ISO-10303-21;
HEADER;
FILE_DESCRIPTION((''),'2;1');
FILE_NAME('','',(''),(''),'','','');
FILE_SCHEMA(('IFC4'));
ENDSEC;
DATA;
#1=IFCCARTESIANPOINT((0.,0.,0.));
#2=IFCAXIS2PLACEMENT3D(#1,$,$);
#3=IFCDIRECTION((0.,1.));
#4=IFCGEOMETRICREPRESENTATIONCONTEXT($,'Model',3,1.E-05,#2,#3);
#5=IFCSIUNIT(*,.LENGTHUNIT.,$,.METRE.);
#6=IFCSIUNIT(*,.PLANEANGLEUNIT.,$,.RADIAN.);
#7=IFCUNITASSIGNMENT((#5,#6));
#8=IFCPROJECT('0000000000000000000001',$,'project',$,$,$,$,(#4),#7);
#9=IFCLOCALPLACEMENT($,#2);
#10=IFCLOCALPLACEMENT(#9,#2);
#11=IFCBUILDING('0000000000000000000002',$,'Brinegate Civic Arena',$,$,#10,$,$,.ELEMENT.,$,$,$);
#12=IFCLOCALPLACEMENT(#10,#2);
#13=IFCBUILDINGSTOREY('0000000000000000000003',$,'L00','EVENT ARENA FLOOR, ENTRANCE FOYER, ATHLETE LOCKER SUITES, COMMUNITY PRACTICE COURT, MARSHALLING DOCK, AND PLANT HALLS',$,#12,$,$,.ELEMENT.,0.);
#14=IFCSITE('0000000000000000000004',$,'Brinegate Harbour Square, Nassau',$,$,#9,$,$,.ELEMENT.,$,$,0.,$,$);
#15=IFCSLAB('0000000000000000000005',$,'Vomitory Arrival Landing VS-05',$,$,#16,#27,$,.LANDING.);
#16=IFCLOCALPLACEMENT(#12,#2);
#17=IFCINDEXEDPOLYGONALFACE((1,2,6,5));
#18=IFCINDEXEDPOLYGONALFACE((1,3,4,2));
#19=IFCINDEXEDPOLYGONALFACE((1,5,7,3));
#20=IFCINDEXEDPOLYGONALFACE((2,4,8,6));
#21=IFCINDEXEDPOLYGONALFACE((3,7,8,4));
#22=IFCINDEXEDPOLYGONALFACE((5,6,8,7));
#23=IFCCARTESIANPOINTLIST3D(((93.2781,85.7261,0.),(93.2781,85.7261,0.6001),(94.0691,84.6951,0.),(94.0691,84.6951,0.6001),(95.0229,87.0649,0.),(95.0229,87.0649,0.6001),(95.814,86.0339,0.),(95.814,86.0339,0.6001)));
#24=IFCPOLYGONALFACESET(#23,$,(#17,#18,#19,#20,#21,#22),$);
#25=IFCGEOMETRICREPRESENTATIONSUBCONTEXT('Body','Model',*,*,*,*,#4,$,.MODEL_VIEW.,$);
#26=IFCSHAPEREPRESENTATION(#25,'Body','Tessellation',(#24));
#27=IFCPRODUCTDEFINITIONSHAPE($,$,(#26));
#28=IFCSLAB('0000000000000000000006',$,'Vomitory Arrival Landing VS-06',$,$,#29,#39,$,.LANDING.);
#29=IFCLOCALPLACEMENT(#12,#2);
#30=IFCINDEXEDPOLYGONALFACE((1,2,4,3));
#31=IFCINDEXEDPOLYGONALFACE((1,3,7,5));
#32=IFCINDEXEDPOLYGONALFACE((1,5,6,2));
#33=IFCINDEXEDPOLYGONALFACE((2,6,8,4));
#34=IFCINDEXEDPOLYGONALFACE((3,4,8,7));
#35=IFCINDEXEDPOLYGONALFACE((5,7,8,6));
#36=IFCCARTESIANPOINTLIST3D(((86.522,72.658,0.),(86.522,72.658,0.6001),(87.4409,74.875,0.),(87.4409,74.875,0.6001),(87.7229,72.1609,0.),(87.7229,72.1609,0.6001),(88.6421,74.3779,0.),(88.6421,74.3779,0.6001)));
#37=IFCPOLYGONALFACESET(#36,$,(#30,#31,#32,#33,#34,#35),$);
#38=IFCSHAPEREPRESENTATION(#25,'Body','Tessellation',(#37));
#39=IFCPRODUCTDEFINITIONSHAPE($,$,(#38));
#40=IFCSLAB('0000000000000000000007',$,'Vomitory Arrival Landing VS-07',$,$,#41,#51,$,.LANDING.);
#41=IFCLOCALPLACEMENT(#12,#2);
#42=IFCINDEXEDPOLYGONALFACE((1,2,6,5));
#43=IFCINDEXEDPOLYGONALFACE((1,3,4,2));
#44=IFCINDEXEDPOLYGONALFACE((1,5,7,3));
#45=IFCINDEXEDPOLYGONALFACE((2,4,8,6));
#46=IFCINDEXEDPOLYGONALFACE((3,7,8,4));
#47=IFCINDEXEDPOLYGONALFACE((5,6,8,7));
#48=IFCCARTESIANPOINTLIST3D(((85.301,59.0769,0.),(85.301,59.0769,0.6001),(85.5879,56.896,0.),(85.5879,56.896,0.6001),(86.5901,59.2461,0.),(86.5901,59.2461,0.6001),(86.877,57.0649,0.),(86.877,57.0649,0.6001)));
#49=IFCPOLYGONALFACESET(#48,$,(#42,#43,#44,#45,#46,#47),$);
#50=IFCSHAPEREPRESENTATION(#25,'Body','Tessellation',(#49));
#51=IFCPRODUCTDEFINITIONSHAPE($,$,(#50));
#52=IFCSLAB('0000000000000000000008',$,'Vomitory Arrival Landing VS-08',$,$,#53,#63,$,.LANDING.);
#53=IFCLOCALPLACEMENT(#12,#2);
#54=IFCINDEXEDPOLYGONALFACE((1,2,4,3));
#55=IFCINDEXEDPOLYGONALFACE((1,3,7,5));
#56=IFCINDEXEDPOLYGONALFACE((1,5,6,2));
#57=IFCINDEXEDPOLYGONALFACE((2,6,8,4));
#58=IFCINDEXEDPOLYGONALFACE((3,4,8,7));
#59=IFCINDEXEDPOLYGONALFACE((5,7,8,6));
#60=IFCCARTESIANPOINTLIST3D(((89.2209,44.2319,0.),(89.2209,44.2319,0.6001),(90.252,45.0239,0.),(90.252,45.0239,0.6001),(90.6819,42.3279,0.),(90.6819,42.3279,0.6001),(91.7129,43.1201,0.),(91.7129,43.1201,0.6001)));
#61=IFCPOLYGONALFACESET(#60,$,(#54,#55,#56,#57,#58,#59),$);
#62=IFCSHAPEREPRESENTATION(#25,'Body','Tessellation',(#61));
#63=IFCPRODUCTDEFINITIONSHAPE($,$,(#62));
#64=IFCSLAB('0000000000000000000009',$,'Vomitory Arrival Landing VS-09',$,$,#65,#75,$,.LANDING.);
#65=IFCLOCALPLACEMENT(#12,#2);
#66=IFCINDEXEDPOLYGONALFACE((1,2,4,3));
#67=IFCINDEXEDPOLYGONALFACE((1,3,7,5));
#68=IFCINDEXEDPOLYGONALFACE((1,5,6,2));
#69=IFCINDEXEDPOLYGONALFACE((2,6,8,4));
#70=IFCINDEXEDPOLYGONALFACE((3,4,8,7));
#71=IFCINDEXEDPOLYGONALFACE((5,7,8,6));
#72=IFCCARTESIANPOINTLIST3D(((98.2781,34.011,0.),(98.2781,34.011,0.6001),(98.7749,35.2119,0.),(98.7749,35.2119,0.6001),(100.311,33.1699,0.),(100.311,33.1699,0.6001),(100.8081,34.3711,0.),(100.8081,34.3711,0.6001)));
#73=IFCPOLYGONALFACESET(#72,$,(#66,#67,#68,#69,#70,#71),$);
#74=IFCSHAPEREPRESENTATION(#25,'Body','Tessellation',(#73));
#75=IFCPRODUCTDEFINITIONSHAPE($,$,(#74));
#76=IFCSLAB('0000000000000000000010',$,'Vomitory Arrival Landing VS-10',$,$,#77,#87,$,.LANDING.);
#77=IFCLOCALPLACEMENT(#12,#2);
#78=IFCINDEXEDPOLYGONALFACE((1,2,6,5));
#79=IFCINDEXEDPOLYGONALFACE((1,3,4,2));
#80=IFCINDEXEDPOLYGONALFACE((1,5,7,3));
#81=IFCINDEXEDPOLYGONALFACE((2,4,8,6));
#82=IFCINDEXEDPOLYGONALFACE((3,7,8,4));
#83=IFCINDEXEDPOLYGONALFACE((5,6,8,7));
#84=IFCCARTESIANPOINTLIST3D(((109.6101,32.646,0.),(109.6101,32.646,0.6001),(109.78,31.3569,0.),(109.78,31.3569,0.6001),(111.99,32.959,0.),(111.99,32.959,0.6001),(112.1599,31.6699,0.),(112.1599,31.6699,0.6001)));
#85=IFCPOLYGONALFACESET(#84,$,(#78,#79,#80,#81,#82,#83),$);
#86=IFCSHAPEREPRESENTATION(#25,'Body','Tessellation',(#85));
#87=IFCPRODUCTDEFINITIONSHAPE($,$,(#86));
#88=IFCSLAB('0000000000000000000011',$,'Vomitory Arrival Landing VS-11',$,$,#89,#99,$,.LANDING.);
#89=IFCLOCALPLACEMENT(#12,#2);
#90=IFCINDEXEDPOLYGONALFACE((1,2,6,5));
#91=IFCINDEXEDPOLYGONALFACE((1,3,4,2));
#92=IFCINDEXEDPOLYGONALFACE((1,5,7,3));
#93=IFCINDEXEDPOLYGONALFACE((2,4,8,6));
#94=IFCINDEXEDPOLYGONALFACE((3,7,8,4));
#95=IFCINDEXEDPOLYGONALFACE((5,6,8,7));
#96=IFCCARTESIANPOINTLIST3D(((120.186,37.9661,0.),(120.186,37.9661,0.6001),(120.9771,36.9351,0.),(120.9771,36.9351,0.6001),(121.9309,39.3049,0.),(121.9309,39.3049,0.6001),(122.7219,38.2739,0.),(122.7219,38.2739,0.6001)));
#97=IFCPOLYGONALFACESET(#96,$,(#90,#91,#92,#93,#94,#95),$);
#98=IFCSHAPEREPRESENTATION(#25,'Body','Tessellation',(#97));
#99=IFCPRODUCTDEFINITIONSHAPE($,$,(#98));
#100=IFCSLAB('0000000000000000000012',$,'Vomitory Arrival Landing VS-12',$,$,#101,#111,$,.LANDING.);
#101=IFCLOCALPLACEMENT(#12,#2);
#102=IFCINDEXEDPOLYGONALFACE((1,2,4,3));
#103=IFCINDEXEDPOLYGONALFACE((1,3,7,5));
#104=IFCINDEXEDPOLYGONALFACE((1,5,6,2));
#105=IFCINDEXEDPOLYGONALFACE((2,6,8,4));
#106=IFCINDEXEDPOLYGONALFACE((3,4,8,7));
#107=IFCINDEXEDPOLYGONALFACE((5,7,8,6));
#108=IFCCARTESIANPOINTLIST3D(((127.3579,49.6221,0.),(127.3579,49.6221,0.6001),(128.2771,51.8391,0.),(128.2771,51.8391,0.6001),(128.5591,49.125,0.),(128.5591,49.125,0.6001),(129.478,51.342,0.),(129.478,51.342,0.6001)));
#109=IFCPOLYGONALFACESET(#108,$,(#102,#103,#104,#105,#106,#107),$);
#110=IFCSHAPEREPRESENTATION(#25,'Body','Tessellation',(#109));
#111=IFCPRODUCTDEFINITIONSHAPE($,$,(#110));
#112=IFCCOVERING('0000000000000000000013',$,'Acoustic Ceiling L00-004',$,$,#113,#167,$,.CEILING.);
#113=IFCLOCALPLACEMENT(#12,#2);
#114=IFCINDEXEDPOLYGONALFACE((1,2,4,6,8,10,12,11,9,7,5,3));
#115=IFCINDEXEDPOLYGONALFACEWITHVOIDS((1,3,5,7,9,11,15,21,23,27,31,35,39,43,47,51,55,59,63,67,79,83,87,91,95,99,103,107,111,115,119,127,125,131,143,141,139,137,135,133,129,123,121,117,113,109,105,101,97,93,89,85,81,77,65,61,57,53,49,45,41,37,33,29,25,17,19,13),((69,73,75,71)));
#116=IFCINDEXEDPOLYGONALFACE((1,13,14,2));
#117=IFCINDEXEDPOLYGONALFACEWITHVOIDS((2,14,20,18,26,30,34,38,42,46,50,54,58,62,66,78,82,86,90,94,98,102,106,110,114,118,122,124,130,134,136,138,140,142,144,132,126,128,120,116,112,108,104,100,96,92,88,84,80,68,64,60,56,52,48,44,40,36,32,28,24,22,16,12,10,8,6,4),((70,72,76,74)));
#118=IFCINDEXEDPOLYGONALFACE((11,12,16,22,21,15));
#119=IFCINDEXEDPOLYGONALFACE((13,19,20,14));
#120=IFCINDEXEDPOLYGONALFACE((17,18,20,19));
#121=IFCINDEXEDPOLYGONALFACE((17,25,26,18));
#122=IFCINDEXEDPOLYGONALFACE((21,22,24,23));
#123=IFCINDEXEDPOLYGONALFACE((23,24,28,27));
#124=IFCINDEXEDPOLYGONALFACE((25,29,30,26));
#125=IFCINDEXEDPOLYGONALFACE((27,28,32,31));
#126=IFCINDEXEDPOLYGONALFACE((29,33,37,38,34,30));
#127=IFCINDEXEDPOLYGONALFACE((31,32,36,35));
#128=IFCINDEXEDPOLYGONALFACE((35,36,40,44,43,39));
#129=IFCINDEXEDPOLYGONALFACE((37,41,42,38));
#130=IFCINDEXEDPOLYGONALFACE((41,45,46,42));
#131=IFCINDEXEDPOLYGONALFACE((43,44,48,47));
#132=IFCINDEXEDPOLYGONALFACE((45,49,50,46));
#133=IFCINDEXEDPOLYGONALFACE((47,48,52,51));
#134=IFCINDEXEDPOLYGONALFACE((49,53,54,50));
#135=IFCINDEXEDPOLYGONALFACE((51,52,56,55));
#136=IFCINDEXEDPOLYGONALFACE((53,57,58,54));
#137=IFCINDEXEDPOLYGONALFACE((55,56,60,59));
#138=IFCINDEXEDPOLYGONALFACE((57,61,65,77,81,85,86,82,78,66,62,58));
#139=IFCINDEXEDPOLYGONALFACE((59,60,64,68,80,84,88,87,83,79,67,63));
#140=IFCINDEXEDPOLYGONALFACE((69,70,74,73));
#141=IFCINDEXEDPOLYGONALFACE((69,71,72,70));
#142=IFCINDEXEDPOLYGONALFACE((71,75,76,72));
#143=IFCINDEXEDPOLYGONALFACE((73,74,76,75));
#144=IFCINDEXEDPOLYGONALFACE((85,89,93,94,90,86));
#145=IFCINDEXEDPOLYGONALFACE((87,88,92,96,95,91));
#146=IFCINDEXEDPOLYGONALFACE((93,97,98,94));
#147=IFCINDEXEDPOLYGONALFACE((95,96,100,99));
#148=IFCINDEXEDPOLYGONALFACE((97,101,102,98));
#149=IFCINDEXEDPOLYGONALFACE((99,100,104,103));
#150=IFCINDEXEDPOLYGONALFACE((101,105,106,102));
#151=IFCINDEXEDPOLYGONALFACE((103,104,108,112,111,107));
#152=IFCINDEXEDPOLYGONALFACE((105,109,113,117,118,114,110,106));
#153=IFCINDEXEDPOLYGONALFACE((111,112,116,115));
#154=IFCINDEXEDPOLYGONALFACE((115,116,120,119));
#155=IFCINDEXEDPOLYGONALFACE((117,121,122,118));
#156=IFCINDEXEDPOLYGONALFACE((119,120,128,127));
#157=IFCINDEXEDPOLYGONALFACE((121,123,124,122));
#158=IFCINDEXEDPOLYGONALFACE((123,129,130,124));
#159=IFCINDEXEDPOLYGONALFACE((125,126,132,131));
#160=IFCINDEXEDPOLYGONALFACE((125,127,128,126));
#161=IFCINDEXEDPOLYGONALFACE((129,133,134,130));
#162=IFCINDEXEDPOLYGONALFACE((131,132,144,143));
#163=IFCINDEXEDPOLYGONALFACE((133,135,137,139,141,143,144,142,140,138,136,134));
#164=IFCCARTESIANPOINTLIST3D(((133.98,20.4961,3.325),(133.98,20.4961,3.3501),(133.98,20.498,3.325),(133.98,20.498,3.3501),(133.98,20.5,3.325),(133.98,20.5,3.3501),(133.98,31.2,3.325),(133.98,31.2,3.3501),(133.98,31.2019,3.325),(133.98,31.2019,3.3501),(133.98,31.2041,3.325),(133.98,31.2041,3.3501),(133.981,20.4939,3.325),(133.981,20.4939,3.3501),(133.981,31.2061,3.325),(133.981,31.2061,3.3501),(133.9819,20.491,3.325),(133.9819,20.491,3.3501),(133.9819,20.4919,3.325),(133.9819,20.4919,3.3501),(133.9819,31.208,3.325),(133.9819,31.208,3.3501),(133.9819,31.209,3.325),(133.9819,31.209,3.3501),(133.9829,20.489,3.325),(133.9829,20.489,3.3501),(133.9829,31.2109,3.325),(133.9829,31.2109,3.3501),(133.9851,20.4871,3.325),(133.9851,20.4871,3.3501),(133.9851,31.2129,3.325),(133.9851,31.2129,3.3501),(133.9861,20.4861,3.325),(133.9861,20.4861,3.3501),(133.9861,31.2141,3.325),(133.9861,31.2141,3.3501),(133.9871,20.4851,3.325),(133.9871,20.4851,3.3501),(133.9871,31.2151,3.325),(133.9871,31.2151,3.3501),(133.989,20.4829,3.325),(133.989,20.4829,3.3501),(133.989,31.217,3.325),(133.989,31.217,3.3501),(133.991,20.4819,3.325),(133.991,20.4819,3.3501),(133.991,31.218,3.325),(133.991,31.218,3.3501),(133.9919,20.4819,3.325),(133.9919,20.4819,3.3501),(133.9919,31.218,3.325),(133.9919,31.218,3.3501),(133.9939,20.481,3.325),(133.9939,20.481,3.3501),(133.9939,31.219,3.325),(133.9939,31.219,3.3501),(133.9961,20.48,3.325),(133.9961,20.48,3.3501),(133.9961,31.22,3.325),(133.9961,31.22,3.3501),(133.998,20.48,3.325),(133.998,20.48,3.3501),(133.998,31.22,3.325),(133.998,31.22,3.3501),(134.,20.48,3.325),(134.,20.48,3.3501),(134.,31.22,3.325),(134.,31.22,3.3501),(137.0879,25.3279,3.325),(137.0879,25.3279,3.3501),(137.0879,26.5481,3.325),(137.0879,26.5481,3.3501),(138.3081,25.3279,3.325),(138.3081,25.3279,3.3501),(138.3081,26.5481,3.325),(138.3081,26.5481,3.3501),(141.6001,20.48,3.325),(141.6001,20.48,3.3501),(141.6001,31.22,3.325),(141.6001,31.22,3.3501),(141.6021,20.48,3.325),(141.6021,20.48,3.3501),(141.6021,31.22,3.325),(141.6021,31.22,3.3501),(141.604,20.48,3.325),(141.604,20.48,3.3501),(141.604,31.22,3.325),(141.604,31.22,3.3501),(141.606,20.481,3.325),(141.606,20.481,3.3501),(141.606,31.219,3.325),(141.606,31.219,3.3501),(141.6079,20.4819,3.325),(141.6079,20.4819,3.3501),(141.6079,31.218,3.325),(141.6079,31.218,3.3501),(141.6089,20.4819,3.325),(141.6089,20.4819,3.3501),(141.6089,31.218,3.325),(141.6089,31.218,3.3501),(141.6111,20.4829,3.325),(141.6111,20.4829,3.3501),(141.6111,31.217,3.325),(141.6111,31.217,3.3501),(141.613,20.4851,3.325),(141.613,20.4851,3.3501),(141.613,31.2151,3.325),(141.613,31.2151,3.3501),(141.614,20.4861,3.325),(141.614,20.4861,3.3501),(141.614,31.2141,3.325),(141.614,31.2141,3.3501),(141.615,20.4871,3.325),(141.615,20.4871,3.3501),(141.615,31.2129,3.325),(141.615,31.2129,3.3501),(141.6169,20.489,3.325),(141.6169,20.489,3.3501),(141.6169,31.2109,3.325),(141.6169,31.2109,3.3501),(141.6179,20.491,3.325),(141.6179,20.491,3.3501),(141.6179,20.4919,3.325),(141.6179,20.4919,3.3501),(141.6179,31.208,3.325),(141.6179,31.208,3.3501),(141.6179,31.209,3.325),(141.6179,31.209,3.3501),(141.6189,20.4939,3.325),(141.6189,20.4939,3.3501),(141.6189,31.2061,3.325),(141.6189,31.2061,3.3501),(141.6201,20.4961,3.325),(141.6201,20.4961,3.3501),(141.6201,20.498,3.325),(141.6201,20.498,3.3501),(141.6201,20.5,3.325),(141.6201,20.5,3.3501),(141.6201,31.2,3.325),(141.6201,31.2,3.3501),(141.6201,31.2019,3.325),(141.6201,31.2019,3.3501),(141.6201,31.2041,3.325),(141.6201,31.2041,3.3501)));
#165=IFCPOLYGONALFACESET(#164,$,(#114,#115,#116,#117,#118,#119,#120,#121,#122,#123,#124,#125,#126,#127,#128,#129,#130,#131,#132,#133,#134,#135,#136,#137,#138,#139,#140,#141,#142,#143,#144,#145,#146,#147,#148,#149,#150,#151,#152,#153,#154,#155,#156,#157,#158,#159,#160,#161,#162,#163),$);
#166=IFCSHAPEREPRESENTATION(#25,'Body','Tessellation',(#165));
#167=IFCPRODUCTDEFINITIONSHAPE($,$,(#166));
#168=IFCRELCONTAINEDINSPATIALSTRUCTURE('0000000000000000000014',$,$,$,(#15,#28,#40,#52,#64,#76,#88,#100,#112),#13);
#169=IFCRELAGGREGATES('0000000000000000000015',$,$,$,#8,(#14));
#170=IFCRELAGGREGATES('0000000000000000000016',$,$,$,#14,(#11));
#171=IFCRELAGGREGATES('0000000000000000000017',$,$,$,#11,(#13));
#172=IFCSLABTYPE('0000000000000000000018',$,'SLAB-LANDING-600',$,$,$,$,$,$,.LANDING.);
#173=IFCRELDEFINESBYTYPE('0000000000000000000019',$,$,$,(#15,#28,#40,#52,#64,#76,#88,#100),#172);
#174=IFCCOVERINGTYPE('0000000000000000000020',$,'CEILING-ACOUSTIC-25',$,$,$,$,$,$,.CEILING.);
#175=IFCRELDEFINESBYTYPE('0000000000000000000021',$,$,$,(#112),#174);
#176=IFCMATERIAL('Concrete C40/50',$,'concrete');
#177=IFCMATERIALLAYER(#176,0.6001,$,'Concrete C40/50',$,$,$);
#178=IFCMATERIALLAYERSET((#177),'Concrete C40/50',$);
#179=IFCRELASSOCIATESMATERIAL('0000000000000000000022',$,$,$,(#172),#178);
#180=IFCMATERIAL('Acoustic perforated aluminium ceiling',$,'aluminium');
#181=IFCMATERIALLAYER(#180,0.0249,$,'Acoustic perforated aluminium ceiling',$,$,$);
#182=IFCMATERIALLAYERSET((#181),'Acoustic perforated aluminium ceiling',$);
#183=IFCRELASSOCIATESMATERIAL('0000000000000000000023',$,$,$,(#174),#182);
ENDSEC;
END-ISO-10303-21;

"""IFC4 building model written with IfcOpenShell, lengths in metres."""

from ifc_helpers import new_model, si_unit, direction, frame, origin, place, context, subcontext, project, spatial, polyline, outline, extrude, material, layer, layer_set, type_object, element, save


model = new_model("IFC4")

# Units and contexts
model_context = context("Model", 3, precision=1e-05, world=origin(), true_north=direction((0.0, 1.0)))
body_context = subcontext(model_context, "Body", "Model", "MODEL_VIEW")
ifc_project = project(units=[si_unit("LENGTHUNIT", "METRE"), si_unit("PLANEANGLEUNIT", "RADIAN")], contexts=[model_context])

# Site, building, storey
site_placement = place(None, origin())
site = spatial("IfcSite", under=ifc_project, at=site_placement, Name="Brinegate Harbour Square, Nassau", CompositionType="ELEMENT", RefElevation=0.0)
building_placement = place(site_placement, origin())
building = spatial("IfcBuilding", under=site, at=building_placement, Name="Brinegate Civic Arena", CompositionType="ELEMENT")
storey_placement = place(building_placement, origin())
storey = spatial("IfcBuildingStorey", under=building, at=storey_placement, Name="L00", Description="EVENT ARENA FLOOR, ENTRANCE FOYER, ATHLETE LOCKER SUITES, COMMUNITY PRACTICE COURT, MARSHALLING DOCK, AND PLANT HALLS", CompositionType="ELEMENT", Elevation=0.0)

# Shared definitions
ifc_material_1 = material(Name="Concrete C40/50", Category="concrete")

# Slabs
ifc_layer_1 = layer(ifc_material_1, 0.6001, Name="Concrete C40/50")
ifc_layer_set_1 = layer_set([ifc_layer_1], Name="Concrete C40/50")
slab_type_1 = type_object("IfcSlabType", Name="SLAB-LANDING-600", PredefinedType="LANDING", material=ifc_layer_set_1)
slab_1_placement = place(storey_placement, origin())
element("IfcSlab", 1, at=slab_1_placement, inside=storey, type_object=slab_type_1, Name="Vomitory Arrival Landing VS-05", PredefinedType="LANDING", context=body_context, shape_type="SweptSolid", body=[
    extrude(outline(polyline([(95.814, 86.0339), (95.0229, 87.0649), (93.2781, 85.7261), (94.0691, 84.6951), (95.814, 86.0339)])), origin(), (0.0, 0.0, 1.0), 0.6001),
])
slab_2_placement = place(storey_placement, origin())
element("IfcSlab", 2, at=slab_2_placement, inside=storey, type_object=slab_type_1, Name="Vomitory Arrival Landing VS-06", PredefinedType="LANDING", context=body_context, shape_type="SweptSolid", body=[
    extrude(outline(polyline([(88.6421, 74.3779), (87.4409, 74.875), (86.522, 72.658), (87.7229, 72.1609), (88.6421, 74.3779)])), origin(), (0.0, 0.0, 1.0), 0.6001),
])
slab_3_placement = place(storey_placement, origin())
element("IfcSlab", 3, at=slab_3_placement, inside=storey, type_object=slab_type_1, Name="Vomitory Arrival Landing VS-07", PredefinedType="LANDING", context=body_context, shape_type="SweptSolid", body=[
    extrude(outline(polyline([(86.5901, 59.2461), (85.301, 59.0769), (85.5879, 56.896), (86.877, 57.0649), (86.5901, 59.2461)])), origin(), (0.0, 0.0, 1.0), 0.6001),
])
slab_4_placement = place(storey_placement, origin())
element("IfcSlab", 4, at=slab_4_placement, inside=storey, type_object=slab_type_1, Name="Vomitory Arrival Landing VS-08", PredefinedType="LANDING", context=body_context, shape_type="SweptSolid", body=[
    extrude(outline(polyline([(90.252, 45.0239), (89.2209, 44.2319), (90.6819, 42.3279), (91.7129, 43.1201), (90.252, 45.0239)])), origin(), (0.0, 0.0, 1.0), 0.6001),
])
slab_5_placement = place(storey_placement, origin())
element("IfcSlab", 5, at=slab_5_placement, inside=storey, type_object=slab_type_1, Name="Vomitory Arrival Landing VS-09", PredefinedType="LANDING", context=body_context, shape_type="SweptSolid", body=[
    extrude(outline(polyline([(98.7749, 35.2119), (98.2781, 34.011), (100.311, 33.1699), (100.8081, 34.3711), (98.7749, 35.2119)])), origin(), (0.0, 0.0, 1.0), 0.6001),
])
slab_6_placement = place(storey_placement, origin())
element("IfcSlab", 6, at=slab_6_placement, inside=storey, type_object=slab_type_1, Name="Vomitory Arrival Landing VS-10", PredefinedType="LANDING", context=body_context, shape_type="SweptSolid", body=[
    extrude(outline(polyline([(109.6101, 32.646), (109.78, 31.3569), (112.1599, 31.6699), (111.99, 32.959), (109.6101, 32.646)])), origin(), (0.0, 0.0, 1.0), 0.6001),
])
slab_7_placement = place(storey_placement, origin())
element("IfcSlab", 7, at=slab_7_placement, inside=storey, type_object=slab_type_1, Name="Vomitory Arrival Landing VS-11", PredefinedType="LANDING", context=body_context, shape_type="SweptSolid", body=[
    extrude(outline(polyline([(120.186, 37.9661), (120.9771, 36.9351), (122.7219, 38.2739), (121.9309, 39.3049), (120.186, 37.9661)])), origin(), (0.0, 0.0, 1.0), 0.6001),
])
slab_8_placement = place(storey_placement, origin())
element("IfcSlab", 8, at=slab_8_placement, inside=storey, type_object=slab_type_1, Name="Vomitory Arrival Landing VS-12", PredefinedType="LANDING", context=body_context, shape_type="SweptSolid", body=[
    extrude(outline(polyline([(127.3579, 49.6221), (128.5591, 49.125), (129.478, 51.342), (128.2771, 51.8391), (127.3579, 49.6221)])), origin(), (0.0, 0.0, 1.0), 0.6001),
])

# Covering
ifc_material_2 = material(Name="Acoustic perforated aluminium ceiling", Category="aluminium")
ifc_layer_2 = layer(ifc_material_2, 0.0249, Name="Acoustic perforated aluminium ceiling")
ifc_layer_set_2 = layer_set([ifc_layer_2], Name="Acoustic perforated aluminium ceiling")
covering_type_1 = type_object("IfcCoveringType", Name="CEILING-ACOUSTIC-25", PredefinedType="CEILING", material=ifc_layer_set_2)
covering_1_placement = place(storey_placement, frame((0.0, 0.0, 3.325)))
element("IfcCovering", 9, at=covering_1_placement, inside=storey, type_object=covering_type_1, Name="Acoustic Ceiling L00-004", PredefinedType="CEILING", context=body_context, shape_type="SweptSolid", body=[
    extrude(outline(polyline([(141.604, 31.22), (141.606, 31.219), (141.6079, 31.218), (141.6089, 31.218), (141.6111, 31.217), (141.613, 31.2151), (141.614, 31.2141), (141.615, 31.2129), (141.6169, 31.2109), (141.6179, 31.209), (141.6179, 31.208), (141.6189, 31.2061), (141.6201, 31.2041), (141.6201, 31.2019), (141.6201, 31.2), (141.6201, 20.5), (141.6201, 20.498), (141.6201, 20.4961), (141.6189, 20.4939), (141.6179, 20.4919), (141.6179, 20.491), (141.6169, 20.489), (141.615, 20.4871), (141.614, 20.4861), (141.613, 20.4851), (141.6111, 20.4829), (141.6089, 20.4819), (141.6079, 20.4819), (141.606, 20.481), (141.604, 20.48), (141.6021, 20.48), (141.6001, 20.48), (134.0, 20.48), (133.998, 20.48), (133.9961, 20.48), (133.9939, 20.481), (133.9919, 20.4819), (133.991, 20.4819), (133.989, 20.4829), (133.9871, 20.4851), (133.9861, 20.4861), (133.9851, 20.4871), (133.9829, 20.489), (133.9819, 20.491), (133.9819, 20.4919), (133.981, 20.4939), (133.98, 20.4961), (133.98, 20.498), (133.98, 20.5), (133.98, 31.2), (133.98, 31.2019), (133.98, 31.2041), (133.981, 31.2061), (133.9819, 31.208), (133.9819, 31.209), (133.9829, 31.2109), (133.9851, 31.2129), (133.9861, 31.2141), (133.9871, 31.2151), (133.989, 31.217), (133.991, 31.218), (133.9919, 31.218), (133.9939, 31.219), (133.9961, 31.22), (133.998, 31.22), (134.0, 31.22), (141.6001, 31.22), (141.6021, 31.22), (141.604, 31.22)]), holes=[polyline([(138.3081, 26.5481), (137.0879, 26.5481), (137.0879, 25.3279), (138.3081, 25.3279), (138.3081, 26.5481)])]), origin(), (0.0, 0.0, 1.0), 0.0251),
])

save(model, "model.ifc")
